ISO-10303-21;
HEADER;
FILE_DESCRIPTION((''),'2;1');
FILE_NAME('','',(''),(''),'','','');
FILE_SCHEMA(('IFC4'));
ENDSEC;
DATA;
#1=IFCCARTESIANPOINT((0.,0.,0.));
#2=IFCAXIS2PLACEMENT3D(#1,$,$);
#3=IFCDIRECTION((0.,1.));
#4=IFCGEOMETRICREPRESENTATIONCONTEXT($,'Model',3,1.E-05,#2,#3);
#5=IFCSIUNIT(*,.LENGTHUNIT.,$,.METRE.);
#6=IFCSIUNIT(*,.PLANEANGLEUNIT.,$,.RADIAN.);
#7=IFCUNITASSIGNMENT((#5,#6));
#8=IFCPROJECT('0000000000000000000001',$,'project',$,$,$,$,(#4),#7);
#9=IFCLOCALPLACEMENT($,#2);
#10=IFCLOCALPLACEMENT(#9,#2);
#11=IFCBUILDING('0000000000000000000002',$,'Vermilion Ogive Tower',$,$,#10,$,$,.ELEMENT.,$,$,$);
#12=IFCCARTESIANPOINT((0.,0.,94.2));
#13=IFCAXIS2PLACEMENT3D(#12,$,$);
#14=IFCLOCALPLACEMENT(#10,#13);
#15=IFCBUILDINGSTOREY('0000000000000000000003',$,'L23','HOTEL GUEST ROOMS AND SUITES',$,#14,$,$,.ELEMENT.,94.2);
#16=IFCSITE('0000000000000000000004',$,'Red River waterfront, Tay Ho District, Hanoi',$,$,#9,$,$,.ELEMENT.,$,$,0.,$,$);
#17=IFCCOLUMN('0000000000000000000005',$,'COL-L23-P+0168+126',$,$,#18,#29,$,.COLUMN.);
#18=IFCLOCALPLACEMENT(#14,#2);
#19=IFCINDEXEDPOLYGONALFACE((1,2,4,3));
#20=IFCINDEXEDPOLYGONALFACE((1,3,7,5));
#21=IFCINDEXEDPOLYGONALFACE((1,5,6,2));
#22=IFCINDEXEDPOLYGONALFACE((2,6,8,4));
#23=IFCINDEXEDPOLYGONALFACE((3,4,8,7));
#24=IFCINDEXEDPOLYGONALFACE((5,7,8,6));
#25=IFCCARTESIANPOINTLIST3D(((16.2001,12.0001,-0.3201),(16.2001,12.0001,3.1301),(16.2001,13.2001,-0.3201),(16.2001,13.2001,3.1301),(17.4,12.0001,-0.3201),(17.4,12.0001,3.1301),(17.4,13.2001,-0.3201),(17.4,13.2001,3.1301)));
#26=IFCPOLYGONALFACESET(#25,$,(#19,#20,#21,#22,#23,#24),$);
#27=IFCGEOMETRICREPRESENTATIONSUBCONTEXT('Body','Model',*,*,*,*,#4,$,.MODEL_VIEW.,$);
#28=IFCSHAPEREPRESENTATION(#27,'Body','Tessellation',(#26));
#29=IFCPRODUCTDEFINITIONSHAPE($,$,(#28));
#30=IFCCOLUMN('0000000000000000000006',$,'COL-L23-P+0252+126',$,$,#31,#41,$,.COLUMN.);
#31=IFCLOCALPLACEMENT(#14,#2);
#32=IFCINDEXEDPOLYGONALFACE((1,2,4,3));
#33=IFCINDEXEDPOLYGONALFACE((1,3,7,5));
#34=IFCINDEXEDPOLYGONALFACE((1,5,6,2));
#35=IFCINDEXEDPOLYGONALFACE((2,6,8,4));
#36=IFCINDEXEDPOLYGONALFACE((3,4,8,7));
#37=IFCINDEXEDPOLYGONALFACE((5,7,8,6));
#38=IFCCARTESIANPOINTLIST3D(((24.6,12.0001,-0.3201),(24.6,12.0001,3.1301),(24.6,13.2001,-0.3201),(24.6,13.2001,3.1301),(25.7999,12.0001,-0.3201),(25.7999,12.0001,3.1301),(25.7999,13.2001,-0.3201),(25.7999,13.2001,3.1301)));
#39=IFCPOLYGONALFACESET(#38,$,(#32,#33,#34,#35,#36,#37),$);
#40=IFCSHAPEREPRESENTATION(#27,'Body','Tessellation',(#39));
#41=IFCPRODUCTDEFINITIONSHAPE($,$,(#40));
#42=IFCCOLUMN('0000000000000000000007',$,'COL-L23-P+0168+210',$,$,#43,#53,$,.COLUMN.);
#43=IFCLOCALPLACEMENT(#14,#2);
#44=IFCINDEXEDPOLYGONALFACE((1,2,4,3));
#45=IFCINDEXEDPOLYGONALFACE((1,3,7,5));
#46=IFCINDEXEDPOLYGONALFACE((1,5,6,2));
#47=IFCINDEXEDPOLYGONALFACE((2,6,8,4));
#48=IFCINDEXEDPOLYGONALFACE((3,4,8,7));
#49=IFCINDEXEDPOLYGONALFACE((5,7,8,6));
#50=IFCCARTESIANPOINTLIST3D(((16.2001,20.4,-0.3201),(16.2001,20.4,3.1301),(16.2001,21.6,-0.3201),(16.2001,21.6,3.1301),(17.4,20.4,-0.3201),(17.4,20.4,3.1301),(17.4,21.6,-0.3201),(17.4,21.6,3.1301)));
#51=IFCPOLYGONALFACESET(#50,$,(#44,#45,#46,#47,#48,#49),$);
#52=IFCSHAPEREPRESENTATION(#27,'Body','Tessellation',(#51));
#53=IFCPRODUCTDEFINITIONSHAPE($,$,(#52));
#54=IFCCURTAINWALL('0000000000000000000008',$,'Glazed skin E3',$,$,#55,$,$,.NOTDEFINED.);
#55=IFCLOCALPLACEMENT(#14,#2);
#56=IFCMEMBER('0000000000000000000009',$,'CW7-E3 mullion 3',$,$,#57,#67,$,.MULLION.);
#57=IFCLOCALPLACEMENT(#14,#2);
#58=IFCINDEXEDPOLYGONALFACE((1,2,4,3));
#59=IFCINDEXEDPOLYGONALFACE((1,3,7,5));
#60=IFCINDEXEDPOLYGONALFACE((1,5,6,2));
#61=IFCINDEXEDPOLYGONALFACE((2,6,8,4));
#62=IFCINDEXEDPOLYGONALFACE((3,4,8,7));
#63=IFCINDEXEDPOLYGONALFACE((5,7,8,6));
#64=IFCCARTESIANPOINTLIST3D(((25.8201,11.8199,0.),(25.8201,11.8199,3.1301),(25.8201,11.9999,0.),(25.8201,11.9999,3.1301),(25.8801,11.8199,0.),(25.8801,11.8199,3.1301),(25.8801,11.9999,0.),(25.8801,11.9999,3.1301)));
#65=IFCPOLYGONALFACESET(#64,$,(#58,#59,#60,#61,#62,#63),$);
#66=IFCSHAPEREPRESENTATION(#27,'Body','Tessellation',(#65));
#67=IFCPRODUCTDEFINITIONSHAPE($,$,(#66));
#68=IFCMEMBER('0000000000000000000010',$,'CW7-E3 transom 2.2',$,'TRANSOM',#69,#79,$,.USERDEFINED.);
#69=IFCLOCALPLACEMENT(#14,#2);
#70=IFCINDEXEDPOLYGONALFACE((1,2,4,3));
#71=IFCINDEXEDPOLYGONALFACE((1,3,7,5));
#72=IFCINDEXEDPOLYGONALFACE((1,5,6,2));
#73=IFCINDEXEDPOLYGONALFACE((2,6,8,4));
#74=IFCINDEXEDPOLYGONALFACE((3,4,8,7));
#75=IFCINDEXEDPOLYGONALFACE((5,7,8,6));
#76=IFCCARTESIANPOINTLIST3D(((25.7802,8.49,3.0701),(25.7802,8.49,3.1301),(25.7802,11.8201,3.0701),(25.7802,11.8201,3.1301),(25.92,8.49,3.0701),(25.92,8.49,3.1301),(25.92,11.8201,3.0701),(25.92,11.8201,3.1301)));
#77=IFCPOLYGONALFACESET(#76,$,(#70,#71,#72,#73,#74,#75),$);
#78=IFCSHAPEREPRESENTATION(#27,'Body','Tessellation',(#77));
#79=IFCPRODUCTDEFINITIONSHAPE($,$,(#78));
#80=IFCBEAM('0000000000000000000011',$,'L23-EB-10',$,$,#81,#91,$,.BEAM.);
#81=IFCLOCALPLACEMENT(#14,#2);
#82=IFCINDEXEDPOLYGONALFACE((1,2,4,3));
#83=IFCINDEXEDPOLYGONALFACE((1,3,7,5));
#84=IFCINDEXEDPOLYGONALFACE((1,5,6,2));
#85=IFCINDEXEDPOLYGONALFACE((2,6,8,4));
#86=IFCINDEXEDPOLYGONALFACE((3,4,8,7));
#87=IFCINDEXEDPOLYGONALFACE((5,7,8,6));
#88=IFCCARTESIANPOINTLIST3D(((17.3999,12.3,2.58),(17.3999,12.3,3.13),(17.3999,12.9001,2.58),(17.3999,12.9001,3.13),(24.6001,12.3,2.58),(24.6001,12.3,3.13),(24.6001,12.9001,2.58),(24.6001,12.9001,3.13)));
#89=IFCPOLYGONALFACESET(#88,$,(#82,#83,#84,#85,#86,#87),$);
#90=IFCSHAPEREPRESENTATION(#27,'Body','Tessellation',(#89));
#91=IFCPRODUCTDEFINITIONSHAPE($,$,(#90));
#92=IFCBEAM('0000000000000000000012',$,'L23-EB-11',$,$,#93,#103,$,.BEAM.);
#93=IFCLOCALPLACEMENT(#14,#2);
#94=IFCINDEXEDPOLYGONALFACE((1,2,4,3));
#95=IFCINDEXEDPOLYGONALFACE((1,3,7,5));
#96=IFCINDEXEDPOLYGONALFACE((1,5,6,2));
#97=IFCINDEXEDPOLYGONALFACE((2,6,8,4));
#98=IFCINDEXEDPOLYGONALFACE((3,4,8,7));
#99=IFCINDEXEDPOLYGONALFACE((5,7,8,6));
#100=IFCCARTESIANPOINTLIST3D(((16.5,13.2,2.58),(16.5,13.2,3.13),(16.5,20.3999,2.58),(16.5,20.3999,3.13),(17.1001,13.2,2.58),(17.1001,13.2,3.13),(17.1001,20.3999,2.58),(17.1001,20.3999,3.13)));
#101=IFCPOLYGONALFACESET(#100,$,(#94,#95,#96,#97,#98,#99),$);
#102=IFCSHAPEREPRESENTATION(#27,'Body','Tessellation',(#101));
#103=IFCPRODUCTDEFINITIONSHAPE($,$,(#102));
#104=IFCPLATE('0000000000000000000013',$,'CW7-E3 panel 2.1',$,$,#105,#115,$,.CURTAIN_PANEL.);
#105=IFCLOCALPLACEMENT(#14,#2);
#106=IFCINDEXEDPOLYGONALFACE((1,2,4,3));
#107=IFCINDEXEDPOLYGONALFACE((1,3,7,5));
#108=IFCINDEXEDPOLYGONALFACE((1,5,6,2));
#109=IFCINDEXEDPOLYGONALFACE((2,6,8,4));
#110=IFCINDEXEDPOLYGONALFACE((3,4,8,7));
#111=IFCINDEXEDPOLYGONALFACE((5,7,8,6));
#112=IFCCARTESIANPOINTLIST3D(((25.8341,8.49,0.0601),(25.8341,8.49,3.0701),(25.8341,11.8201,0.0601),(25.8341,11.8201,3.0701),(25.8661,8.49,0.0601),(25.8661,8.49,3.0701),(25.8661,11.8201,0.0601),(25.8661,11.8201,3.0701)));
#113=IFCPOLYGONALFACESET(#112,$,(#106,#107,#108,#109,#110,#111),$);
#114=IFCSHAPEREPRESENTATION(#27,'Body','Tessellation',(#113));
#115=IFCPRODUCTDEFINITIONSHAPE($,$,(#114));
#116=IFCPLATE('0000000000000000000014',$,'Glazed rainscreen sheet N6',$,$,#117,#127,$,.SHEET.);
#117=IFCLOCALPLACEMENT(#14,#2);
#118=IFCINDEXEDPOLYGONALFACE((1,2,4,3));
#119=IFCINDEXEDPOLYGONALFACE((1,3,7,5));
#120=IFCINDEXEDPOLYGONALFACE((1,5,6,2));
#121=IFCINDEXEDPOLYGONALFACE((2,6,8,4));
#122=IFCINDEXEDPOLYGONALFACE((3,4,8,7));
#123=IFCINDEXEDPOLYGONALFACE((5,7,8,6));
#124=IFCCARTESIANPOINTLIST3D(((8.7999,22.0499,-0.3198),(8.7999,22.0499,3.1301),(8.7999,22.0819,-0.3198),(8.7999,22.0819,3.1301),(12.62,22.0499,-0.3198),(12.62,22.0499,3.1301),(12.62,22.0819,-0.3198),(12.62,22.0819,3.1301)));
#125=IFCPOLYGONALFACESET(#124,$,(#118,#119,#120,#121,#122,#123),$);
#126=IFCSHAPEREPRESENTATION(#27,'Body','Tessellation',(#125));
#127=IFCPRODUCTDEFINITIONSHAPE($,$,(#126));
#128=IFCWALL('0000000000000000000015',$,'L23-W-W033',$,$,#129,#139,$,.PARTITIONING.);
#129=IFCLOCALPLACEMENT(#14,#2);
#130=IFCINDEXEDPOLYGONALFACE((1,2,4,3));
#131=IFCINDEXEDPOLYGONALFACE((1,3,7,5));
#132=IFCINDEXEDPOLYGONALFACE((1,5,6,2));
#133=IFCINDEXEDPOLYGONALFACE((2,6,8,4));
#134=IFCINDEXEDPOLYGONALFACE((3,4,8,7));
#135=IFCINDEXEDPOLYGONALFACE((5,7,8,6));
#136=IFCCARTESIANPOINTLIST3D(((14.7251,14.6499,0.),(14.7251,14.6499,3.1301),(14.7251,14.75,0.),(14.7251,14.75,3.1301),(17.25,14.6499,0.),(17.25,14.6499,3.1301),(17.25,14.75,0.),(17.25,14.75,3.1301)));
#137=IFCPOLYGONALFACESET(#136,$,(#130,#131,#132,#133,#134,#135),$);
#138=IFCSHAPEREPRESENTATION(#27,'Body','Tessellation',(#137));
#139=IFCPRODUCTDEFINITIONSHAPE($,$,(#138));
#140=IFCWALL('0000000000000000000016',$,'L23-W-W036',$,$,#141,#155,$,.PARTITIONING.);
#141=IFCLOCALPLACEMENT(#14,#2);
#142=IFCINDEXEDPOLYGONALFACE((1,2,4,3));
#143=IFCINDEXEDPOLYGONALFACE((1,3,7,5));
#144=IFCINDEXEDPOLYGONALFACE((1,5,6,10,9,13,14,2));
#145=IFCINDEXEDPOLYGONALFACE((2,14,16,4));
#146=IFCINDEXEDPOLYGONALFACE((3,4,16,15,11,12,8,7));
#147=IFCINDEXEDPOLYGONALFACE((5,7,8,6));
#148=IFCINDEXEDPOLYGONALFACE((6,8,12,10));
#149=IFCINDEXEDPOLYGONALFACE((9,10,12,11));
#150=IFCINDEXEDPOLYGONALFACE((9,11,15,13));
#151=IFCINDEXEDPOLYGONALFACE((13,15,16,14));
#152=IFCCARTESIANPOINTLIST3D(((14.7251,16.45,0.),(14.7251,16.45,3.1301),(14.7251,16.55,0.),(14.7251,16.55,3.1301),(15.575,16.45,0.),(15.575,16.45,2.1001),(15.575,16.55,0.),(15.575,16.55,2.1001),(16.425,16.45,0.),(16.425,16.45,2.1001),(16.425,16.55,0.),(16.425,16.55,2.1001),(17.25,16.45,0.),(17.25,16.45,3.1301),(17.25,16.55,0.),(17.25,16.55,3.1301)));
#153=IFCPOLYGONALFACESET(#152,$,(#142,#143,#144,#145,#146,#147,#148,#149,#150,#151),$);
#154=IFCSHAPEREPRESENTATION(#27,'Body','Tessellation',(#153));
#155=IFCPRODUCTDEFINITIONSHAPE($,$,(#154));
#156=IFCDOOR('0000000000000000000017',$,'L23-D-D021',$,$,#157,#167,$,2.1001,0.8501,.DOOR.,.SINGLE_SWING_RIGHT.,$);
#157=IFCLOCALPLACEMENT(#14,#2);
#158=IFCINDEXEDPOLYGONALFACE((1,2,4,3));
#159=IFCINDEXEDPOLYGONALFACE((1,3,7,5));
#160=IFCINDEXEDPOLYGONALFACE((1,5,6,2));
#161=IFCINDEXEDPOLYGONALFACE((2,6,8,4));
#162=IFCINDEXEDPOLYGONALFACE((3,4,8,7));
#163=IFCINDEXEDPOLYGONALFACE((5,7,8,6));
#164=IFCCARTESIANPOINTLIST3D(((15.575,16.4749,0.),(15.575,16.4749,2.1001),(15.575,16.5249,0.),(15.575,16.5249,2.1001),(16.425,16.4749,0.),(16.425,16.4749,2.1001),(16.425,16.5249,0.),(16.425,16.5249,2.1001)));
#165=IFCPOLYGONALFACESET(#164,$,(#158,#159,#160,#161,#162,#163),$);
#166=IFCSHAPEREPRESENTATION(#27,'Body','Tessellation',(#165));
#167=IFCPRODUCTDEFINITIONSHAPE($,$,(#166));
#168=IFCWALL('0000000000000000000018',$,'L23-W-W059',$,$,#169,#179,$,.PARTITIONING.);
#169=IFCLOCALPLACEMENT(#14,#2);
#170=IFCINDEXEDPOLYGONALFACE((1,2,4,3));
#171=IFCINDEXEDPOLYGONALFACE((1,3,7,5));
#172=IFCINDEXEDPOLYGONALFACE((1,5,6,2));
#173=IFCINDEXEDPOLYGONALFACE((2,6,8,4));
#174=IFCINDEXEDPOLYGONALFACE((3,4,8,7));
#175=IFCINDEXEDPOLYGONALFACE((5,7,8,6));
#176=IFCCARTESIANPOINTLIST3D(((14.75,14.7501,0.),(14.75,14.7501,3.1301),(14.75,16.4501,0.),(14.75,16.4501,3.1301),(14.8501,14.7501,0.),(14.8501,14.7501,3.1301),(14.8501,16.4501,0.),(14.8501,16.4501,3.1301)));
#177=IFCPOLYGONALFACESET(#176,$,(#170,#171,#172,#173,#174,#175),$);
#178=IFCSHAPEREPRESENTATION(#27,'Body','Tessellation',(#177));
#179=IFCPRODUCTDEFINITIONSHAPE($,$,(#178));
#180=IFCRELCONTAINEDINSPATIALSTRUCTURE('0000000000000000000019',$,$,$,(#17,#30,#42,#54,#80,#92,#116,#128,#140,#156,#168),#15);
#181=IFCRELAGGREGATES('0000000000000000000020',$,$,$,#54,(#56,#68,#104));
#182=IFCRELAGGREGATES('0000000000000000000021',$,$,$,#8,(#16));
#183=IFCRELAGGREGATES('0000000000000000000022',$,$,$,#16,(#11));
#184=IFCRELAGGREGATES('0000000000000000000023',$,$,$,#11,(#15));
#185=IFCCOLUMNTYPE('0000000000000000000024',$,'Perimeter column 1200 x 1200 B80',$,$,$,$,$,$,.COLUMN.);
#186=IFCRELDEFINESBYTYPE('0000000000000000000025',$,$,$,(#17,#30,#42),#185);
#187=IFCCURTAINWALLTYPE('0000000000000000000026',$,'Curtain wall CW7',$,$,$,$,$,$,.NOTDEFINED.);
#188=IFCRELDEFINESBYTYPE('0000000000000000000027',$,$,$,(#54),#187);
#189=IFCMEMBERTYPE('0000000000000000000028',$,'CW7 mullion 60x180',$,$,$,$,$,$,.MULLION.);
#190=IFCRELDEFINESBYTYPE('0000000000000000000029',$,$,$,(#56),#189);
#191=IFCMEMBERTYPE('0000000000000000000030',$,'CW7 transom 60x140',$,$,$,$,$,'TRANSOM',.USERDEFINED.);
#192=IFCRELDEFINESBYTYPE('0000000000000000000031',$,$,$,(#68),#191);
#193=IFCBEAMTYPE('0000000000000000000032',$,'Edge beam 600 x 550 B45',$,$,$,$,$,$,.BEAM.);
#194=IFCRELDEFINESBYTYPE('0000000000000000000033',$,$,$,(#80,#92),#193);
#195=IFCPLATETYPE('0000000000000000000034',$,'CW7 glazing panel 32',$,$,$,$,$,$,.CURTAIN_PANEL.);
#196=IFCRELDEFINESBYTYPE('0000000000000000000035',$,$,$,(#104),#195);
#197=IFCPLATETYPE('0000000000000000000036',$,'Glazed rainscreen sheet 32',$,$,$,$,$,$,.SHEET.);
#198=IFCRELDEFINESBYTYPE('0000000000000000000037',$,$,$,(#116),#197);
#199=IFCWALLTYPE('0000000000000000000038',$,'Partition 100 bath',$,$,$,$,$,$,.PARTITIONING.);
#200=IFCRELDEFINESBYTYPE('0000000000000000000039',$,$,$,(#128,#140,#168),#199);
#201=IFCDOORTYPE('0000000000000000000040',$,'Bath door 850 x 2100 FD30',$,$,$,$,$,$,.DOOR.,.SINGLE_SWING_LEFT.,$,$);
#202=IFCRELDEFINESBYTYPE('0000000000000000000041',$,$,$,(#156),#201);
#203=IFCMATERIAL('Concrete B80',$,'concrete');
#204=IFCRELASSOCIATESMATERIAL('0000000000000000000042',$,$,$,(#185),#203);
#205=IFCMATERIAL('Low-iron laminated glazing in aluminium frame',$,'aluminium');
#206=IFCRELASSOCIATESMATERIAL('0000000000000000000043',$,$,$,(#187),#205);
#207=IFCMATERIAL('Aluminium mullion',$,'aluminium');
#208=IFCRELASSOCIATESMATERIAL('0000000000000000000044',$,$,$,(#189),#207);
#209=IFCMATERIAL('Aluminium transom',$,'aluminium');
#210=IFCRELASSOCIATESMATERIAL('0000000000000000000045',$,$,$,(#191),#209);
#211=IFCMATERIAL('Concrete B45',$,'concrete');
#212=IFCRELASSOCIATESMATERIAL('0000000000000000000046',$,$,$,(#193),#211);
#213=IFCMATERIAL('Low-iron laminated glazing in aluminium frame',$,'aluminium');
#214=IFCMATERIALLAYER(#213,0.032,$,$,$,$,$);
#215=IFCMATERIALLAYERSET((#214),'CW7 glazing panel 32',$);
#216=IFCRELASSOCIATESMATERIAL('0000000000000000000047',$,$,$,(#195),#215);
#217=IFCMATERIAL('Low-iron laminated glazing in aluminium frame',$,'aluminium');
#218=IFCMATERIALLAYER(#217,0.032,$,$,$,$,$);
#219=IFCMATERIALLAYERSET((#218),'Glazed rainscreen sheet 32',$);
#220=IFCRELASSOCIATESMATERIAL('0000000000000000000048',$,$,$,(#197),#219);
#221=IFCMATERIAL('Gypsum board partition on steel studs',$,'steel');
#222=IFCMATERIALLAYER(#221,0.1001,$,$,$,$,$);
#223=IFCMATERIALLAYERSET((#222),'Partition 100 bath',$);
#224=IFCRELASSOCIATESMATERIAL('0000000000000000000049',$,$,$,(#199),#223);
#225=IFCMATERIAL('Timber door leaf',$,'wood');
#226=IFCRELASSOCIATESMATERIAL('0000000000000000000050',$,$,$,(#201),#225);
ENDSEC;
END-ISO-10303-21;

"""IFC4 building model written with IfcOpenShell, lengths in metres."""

from ifc_helpers import new_model, si_unit, direction, frame, frame_2d, origin, origin_2d, place, context, subcontext, project, spatial, rectangle, extrude, material, layer, layer_set, material_profile, profile_set, type_object, element, fill, aggregate, save


model = new_model("IFC4")

# Units and contexts
model_context = context("Model", 3, precision=1e-05, world=origin(), true_north=direction((0.0, 1.0)))
body_context = subcontext(model_context, "Body", "Model", "MODEL_VIEW")
ifc_project = project(units=[si_unit("LENGTHUNIT", "METRE"), si_unit("PLANEANGLEUNIT", "RADIAN")], contexts=[model_context])

# Site, building, storey
site_placement = place(None, origin())
site = spatial("IfcSite", under=ifc_project, at=site_placement, Name="Red River waterfront, Tay Ho District, Hanoi", CompositionType="ELEMENT", RefElevation=0.0)
building_placement = place(site_placement, origin())
building = spatial("IfcBuilding", under=site, at=building_placement, Name="Vermilion Ogive Tower", CompositionType="ELEMENT")
storey_placement = place(building_placement, frame((0.0, 0.0, 94.2)))
storey = spatial("IfcBuildingStorey", under=building, at=storey_placement, Name="L23", Description="HOTEL GUEST ROOMS AND SUITES", CompositionType="ELEMENT", Elevation=94.2)

# Columns
ifc_material_1 = material(Name="Concrete B80", Category="concrete")
ifc_material_profile_1 = material_profile(ifc_material_1, rectangle(XDim=1.2, YDim=1.2, at=origin_2d()), Name="1200 x 1200")
ifc_profile_set_1 = profile_set([ifc_material_profile_1], Name="Concrete B80")
column_type = type_object("IfcColumnType", Name="Perimeter column 1200 x 1200 B80", PredefinedType="COLUMN", material=ifc_profile_set_1)
for number, where, z_axis, x_axis, name in (
    (1, (16.8, 12.6001, -0.3201), (0.0, 0.0, 1.0), (1.0, 0.0, 0.0), "COL-L23-P+0168+126"),
    (2, (25.2, 12.6001, -0.3201), (0.0, 0.0, 1.0), (1.0, 0.0, 0.0), "COL-L23-P+0252+126"),
    (3, (16.8, 21.0, -0.3201), (0.0, 0.0, 1.0), (1.0, 0.0, 0.0), "COL-L23-P+0168+210"),
):
    element("IfcColumn", number, at=place(storey_placement, frame(where, z_axis=z_axis, x_axis=x_axis)), inside=storey, type_object=column_type, Name=name, PredefinedType="COLUMN", context=body_context, shape_type="SweptSolid", body=[
        extrude(rectangle(XDim=1.2, YDim=1.2, at=origin_2d()), origin(), (0.0, 0.0, 1.0), 3.4502),
    ])

# Curtain wall, members
ifc_material_2 = material(Name="Low-iron laminated glazing in aluminium frame", Category="aluminium")
curtain_wall_type = type_object("IfcCurtainWallType", Name="Curtain wall CW7", PredefinedType="NOTDEFINED", material=ifc_material_2)
curtain_wall_placement = place(storey_placement, origin())
curtain_wall = element("IfcCurtainWall", 4, at=curtain_wall_placement, inside=storey, type_object=curtain_wall_type, Name="Glazed skin E3", PredefinedType="NOTDEFINED")
ifc_material_3 = material(Name="Aluminium mullion", Category="aluminium")
ifc_material_profile_2 = material_profile(ifc_material_3, rectangle(XDim=0.0601, YDim=0.1799, at=origin_2d()), Name="AL 60x180")
ifc_profile_set_2 = profile_set([ifc_material_profile_2], Name="Aluminium mullion")
member_type_1 = type_object("IfcMemberType", Name="CW7 mullion 60x180", PredefinedType="MULLION", material=ifc_profile_set_2)
member_1_placement = place(storey_placement, frame((25.8501, 11.9099, 0.0), z_axis=(0.0, 0.0, 1.0), x_axis=(-1.0, 0.0, 0.0)))
member_1 = element("IfcMember", 5, at=member_1_placement, type_object=member_type_1, Name="CW7-E3 mullion 3", PredefinedType="MULLION", context=body_context, shape_type="SweptSolid", body=[
    extrude(rectangle(XDim=0.0601, YDim=0.1799, at=origin_2d()), origin(), (0.0, 0.0, 1.0), 3.1301),
])
ifc_material_4 = material(Name="Aluminium transom", Category="aluminium")
ifc_material_profile_3 = material_profile(ifc_material_4, rectangle(XDim=0.1399, YDim=0.0601, at=origin_2d()), Name="AL 60x140")
ifc_profile_set_3 = profile_set([ifc_material_profile_3], Name="Aluminium transom")
member_type_2 = type_object("IfcMemberType", Name="CW7 transom 60x140", ElementType="TRANSOM", PredefinedType="USERDEFINED", material=ifc_profile_set_3)
member_2_placement = place(storey_placement, frame((25.8501, 8.49, 3.1001), z_axis=(0.0, 1.0, 0.0), x_axis=(-1.0, 0.0, 0.0)))
member_2 = element("IfcMember", 6, at=member_2_placement, type_object=member_type_2, Name="CW7-E3 transom 2.2", ObjectType="TRANSOM", PredefinedType="USERDEFINED", context=body_context, shape_type="SweptSolid", body=[
    extrude(rectangle(XDim=0.1399, YDim=0.0601, at=origin_2d()), origin(), (0.0, 0.0, 1.0), 3.3301),
])

# Beams
ifc_material_5 = material(Name="Concrete B45", Category="concrete")
ifc_material_profile_4 = material_profile(ifc_material_5, rectangle(XDim=0.6001, YDim=0.55, at=origin_2d()), Name="600 x 550")
ifc_profile_set_4 = profile_set([ifc_material_profile_4], Name="Concrete B45")
beam_type = type_object("IfcBeamType", Name="Edge beam 600 x 550 B45", PredefinedType="BEAM", material=ifc_profile_set_4)
beam_1_placement = place(storey_placement, frame((24.6001, 12.6001, 2.855), z_axis=(-1.0, 0.0, 0.0), x_axis=(0.0, -1.0, 0.0)))
element("IfcBeam", 7, at=beam_1_placement, inside=storey, type_object=beam_type, Name="L23-EB-10", PredefinedType="BEAM", context=body_context, shape_type="SweptSolid", body=[
    extrude(rectangle(XDim=0.6001, YDim=0.55, at=origin_2d()), origin(), (0.0, 0.0, 1.0), 7.2002),
])
beam_2_placement = place(storey_placement, frame((16.8, 13.2, 2.855), z_axis=(0.0, 1.0, 0.0), x_axis=(-1.0, 0.0, 0.0)))
element("IfcBeam", 8, at=beam_2_placement, inside=storey, type_object=beam_type, Name="L23-EB-11", PredefinedType="BEAM", context=body_context, shape_type="SweptSolid", body=[
    extrude(rectangle(XDim=0.6001, YDim=0.55, at=origin_2d()), origin(), (0.0, 0.0, 1.0), 7.2),
])

# Plates
ifc_material_6 = material(Name="Low-iron laminated glazing in aluminium frame", Category="aluminium")
ifc_layer_1 = layer(ifc_material_6, 0.032)
ifc_layer_set_1 = layer_set([ifc_layer_1], Name="CW7 glazing panel 32")
plate_type_1 = type_object("IfcPlateType", Name="CW7 glazing panel 32", PredefinedType="CURTAIN_PANEL", material=ifc_layer_set_1)
plate_1_placement = place(storey_placement, frame((25.8501, 10.155, 0.0601), z_axis=(0.0, 0.0, 1.0), x_axis=(0.0, 1.0, 0.0)))
plate_1 = element("IfcPlate", 9, at=plate_1_placement, type_object=plate_type_1, Name="CW7-E3 panel 2.1", PredefinedType="CURTAIN_PANEL", context=body_context, shape_type="SweptSolid", body=[
    extrude(rectangle(XDim=3.3301, YDim=0.032, at=origin_2d()), origin(), (0.0, 0.0, 1.0), 3.01),
])
aggregate(curtain_wall, [member_1, member_2, plate_1])
ifc_material_7 = material(Name="Low-iron laminated glazing in aluminium frame", Category="aluminium")
ifc_layer_2 = layer(ifc_material_7, 0.032)
ifc_layer_set_2 = layer_set([ifc_layer_2], Name="Glazed rainscreen sheet 32")
plate_type_2 = type_object("IfcPlateType", Name="Glazed rainscreen sheet 32", PredefinedType="SHEET", material=ifc_layer_set_2)
plate_2_placement = place(storey_placement, frame((10.71, 22.0659, -0.3198), z_axis=(0.0, 0.0, 1.0), x_axis=(1.0, 0.0, 0.0)))
element("IfcPlate", 10, at=plate_2_placement, inside=storey, type_object=plate_type_2, Name="Glazed rainscreen sheet N6", PredefinedType="SHEET", context=body_context, shape_type="SweptSolid", body=[
    extrude(rectangle(XDim=3.8201, YDim=0.032, at=origin_2d()), origin(), (0.0, 0.0, 1.0), 3.45),
])

# Wall
ifc_material_8 = material(Name="Gypsum board partition on steel studs", Category="steel")
ifc_layer_3 = layer(ifc_material_8, 0.1001)
ifc_layer_set_3 = layer_set([ifc_layer_3], Name="Partition 100 bath")
wall_type_1 = type_object("IfcWallType", Name="Partition 100 bath", PredefinedType="PARTITIONING", material=ifc_layer_set_3)
wall_1_placement = place(storey_placement, frame((14.7251, 14.7, 0.0), z_axis=(0.0, 0.0, 1.0), x_axis=(1.0, 0.0, 0.0)))
element("IfcWall", 11, at=wall_1_placement, inside=storey, type_object=wall_type_1, Name="L23-W-W033", PredefinedType="PARTITIONING", context=body_context, shape_type="SweptSolid", body=[
    extrude(rectangle(XDim=2.5249, YDim=0.1001, at=frame_2d((1.2625, 0.0))), origin(), (0.0, 0.0, 1.0), 3.1301),
])

# Wall, opening, door
wall_2_placement = place(storey_placement, frame((14.7251, 16.5, 0.0), z_axis=(0.0, 0.0, 1.0), x_axis=(1.0, 0.0, 0.0)))
wall_2 = element("IfcWall", 12, at=wall_2_placement, inside=storey, type_object=wall_type_1, Name="L23-W-W036", PredefinedType="PARTITIONING", context=body_context, shape_type="SweptSolid", body=[
    extrude(rectangle(XDim=2.5249, YDim=0.1001, at=frame_2d((1.2625, 0.0))), origin(), (0.0, 0.0, 1.0), 3.1301),
])
opening_1_placement = place(wall_2_placement, frame((0.8499, 0.0, 0.0)))
opening_1 = element("IfcOpeningElement", 13, at=opening_1_placement, cuts=wall_2, PredefinedType="OPENING", context=body_context, shape_type="SweptSolid", body=[
    extrude(rectangle(XDim=0.8501, YDim=2.1001, at=frame_2d((0.425, 1.05))), frame((0.0, 0.0601, 0.0), z_axis=(0.0, -1.0, 0.0), x_axis=(1.0, 0.0, 0.0)), (0.0, 0.0, 1.0), 0.1201),
])
ifc_material_9 = material(Name="Timber door leaf", Category="wood")
door_type_1 = type_object("IfcDoorType", Name="Bath door 850 x 2100 FD30", OperationType="SINGLE_SWING_LEFT", PredefinedType="DOOR", material=ifc_material_9)
door_1_placement = place(opening_1_placement, origin())
door_1 = element("IfcDoor", 14, at=door_1_placement, inside=storey, type_object=door_type_1, Name="L23-D-D021", OperationType="SINGLE_SWING_RIGHT", OverallHeight=2.1001, OverallWidth=0.8501, PredefinedType="DOOR", context=body_context, shape_type="SweptSolid", body=[
    extrude(rectangle(XDim=0.8501, YDim=2.1001, at=frame_2d((0.425, 1.05))), frame((0.0, 0.0249, 0.0), z_axis=(0.0, -1.0, 0.0), x_axis=(1.0, 0.0, 0.0)), (0.0, 0.0, 1.0), 0.05),
])
fill(opening_1, door_1)

# Wall
wall_3_placement = place(storey_placement, frame((14.8, 14.75, 0.0), z_axis=(0.0, 0.0, 1.0), x_axis=(0.0, 1.0, 0.0)))
element("IfcWall", 15, at=wall_3_placement, inside=storey, type_object=wall_type_1, Name="L23-W-W059", PredefinedType="PARTITIONING", context=body_context, shape_type="SweptSolid", body=[
    extrude(rectangle(XDim=1.7, YDim=0.1001, at=frame_2d((0.8501, 0.0))), origin(), (0.0, 0.0, 1.0), 3.1301),
])

save(model, "model.ifc")
